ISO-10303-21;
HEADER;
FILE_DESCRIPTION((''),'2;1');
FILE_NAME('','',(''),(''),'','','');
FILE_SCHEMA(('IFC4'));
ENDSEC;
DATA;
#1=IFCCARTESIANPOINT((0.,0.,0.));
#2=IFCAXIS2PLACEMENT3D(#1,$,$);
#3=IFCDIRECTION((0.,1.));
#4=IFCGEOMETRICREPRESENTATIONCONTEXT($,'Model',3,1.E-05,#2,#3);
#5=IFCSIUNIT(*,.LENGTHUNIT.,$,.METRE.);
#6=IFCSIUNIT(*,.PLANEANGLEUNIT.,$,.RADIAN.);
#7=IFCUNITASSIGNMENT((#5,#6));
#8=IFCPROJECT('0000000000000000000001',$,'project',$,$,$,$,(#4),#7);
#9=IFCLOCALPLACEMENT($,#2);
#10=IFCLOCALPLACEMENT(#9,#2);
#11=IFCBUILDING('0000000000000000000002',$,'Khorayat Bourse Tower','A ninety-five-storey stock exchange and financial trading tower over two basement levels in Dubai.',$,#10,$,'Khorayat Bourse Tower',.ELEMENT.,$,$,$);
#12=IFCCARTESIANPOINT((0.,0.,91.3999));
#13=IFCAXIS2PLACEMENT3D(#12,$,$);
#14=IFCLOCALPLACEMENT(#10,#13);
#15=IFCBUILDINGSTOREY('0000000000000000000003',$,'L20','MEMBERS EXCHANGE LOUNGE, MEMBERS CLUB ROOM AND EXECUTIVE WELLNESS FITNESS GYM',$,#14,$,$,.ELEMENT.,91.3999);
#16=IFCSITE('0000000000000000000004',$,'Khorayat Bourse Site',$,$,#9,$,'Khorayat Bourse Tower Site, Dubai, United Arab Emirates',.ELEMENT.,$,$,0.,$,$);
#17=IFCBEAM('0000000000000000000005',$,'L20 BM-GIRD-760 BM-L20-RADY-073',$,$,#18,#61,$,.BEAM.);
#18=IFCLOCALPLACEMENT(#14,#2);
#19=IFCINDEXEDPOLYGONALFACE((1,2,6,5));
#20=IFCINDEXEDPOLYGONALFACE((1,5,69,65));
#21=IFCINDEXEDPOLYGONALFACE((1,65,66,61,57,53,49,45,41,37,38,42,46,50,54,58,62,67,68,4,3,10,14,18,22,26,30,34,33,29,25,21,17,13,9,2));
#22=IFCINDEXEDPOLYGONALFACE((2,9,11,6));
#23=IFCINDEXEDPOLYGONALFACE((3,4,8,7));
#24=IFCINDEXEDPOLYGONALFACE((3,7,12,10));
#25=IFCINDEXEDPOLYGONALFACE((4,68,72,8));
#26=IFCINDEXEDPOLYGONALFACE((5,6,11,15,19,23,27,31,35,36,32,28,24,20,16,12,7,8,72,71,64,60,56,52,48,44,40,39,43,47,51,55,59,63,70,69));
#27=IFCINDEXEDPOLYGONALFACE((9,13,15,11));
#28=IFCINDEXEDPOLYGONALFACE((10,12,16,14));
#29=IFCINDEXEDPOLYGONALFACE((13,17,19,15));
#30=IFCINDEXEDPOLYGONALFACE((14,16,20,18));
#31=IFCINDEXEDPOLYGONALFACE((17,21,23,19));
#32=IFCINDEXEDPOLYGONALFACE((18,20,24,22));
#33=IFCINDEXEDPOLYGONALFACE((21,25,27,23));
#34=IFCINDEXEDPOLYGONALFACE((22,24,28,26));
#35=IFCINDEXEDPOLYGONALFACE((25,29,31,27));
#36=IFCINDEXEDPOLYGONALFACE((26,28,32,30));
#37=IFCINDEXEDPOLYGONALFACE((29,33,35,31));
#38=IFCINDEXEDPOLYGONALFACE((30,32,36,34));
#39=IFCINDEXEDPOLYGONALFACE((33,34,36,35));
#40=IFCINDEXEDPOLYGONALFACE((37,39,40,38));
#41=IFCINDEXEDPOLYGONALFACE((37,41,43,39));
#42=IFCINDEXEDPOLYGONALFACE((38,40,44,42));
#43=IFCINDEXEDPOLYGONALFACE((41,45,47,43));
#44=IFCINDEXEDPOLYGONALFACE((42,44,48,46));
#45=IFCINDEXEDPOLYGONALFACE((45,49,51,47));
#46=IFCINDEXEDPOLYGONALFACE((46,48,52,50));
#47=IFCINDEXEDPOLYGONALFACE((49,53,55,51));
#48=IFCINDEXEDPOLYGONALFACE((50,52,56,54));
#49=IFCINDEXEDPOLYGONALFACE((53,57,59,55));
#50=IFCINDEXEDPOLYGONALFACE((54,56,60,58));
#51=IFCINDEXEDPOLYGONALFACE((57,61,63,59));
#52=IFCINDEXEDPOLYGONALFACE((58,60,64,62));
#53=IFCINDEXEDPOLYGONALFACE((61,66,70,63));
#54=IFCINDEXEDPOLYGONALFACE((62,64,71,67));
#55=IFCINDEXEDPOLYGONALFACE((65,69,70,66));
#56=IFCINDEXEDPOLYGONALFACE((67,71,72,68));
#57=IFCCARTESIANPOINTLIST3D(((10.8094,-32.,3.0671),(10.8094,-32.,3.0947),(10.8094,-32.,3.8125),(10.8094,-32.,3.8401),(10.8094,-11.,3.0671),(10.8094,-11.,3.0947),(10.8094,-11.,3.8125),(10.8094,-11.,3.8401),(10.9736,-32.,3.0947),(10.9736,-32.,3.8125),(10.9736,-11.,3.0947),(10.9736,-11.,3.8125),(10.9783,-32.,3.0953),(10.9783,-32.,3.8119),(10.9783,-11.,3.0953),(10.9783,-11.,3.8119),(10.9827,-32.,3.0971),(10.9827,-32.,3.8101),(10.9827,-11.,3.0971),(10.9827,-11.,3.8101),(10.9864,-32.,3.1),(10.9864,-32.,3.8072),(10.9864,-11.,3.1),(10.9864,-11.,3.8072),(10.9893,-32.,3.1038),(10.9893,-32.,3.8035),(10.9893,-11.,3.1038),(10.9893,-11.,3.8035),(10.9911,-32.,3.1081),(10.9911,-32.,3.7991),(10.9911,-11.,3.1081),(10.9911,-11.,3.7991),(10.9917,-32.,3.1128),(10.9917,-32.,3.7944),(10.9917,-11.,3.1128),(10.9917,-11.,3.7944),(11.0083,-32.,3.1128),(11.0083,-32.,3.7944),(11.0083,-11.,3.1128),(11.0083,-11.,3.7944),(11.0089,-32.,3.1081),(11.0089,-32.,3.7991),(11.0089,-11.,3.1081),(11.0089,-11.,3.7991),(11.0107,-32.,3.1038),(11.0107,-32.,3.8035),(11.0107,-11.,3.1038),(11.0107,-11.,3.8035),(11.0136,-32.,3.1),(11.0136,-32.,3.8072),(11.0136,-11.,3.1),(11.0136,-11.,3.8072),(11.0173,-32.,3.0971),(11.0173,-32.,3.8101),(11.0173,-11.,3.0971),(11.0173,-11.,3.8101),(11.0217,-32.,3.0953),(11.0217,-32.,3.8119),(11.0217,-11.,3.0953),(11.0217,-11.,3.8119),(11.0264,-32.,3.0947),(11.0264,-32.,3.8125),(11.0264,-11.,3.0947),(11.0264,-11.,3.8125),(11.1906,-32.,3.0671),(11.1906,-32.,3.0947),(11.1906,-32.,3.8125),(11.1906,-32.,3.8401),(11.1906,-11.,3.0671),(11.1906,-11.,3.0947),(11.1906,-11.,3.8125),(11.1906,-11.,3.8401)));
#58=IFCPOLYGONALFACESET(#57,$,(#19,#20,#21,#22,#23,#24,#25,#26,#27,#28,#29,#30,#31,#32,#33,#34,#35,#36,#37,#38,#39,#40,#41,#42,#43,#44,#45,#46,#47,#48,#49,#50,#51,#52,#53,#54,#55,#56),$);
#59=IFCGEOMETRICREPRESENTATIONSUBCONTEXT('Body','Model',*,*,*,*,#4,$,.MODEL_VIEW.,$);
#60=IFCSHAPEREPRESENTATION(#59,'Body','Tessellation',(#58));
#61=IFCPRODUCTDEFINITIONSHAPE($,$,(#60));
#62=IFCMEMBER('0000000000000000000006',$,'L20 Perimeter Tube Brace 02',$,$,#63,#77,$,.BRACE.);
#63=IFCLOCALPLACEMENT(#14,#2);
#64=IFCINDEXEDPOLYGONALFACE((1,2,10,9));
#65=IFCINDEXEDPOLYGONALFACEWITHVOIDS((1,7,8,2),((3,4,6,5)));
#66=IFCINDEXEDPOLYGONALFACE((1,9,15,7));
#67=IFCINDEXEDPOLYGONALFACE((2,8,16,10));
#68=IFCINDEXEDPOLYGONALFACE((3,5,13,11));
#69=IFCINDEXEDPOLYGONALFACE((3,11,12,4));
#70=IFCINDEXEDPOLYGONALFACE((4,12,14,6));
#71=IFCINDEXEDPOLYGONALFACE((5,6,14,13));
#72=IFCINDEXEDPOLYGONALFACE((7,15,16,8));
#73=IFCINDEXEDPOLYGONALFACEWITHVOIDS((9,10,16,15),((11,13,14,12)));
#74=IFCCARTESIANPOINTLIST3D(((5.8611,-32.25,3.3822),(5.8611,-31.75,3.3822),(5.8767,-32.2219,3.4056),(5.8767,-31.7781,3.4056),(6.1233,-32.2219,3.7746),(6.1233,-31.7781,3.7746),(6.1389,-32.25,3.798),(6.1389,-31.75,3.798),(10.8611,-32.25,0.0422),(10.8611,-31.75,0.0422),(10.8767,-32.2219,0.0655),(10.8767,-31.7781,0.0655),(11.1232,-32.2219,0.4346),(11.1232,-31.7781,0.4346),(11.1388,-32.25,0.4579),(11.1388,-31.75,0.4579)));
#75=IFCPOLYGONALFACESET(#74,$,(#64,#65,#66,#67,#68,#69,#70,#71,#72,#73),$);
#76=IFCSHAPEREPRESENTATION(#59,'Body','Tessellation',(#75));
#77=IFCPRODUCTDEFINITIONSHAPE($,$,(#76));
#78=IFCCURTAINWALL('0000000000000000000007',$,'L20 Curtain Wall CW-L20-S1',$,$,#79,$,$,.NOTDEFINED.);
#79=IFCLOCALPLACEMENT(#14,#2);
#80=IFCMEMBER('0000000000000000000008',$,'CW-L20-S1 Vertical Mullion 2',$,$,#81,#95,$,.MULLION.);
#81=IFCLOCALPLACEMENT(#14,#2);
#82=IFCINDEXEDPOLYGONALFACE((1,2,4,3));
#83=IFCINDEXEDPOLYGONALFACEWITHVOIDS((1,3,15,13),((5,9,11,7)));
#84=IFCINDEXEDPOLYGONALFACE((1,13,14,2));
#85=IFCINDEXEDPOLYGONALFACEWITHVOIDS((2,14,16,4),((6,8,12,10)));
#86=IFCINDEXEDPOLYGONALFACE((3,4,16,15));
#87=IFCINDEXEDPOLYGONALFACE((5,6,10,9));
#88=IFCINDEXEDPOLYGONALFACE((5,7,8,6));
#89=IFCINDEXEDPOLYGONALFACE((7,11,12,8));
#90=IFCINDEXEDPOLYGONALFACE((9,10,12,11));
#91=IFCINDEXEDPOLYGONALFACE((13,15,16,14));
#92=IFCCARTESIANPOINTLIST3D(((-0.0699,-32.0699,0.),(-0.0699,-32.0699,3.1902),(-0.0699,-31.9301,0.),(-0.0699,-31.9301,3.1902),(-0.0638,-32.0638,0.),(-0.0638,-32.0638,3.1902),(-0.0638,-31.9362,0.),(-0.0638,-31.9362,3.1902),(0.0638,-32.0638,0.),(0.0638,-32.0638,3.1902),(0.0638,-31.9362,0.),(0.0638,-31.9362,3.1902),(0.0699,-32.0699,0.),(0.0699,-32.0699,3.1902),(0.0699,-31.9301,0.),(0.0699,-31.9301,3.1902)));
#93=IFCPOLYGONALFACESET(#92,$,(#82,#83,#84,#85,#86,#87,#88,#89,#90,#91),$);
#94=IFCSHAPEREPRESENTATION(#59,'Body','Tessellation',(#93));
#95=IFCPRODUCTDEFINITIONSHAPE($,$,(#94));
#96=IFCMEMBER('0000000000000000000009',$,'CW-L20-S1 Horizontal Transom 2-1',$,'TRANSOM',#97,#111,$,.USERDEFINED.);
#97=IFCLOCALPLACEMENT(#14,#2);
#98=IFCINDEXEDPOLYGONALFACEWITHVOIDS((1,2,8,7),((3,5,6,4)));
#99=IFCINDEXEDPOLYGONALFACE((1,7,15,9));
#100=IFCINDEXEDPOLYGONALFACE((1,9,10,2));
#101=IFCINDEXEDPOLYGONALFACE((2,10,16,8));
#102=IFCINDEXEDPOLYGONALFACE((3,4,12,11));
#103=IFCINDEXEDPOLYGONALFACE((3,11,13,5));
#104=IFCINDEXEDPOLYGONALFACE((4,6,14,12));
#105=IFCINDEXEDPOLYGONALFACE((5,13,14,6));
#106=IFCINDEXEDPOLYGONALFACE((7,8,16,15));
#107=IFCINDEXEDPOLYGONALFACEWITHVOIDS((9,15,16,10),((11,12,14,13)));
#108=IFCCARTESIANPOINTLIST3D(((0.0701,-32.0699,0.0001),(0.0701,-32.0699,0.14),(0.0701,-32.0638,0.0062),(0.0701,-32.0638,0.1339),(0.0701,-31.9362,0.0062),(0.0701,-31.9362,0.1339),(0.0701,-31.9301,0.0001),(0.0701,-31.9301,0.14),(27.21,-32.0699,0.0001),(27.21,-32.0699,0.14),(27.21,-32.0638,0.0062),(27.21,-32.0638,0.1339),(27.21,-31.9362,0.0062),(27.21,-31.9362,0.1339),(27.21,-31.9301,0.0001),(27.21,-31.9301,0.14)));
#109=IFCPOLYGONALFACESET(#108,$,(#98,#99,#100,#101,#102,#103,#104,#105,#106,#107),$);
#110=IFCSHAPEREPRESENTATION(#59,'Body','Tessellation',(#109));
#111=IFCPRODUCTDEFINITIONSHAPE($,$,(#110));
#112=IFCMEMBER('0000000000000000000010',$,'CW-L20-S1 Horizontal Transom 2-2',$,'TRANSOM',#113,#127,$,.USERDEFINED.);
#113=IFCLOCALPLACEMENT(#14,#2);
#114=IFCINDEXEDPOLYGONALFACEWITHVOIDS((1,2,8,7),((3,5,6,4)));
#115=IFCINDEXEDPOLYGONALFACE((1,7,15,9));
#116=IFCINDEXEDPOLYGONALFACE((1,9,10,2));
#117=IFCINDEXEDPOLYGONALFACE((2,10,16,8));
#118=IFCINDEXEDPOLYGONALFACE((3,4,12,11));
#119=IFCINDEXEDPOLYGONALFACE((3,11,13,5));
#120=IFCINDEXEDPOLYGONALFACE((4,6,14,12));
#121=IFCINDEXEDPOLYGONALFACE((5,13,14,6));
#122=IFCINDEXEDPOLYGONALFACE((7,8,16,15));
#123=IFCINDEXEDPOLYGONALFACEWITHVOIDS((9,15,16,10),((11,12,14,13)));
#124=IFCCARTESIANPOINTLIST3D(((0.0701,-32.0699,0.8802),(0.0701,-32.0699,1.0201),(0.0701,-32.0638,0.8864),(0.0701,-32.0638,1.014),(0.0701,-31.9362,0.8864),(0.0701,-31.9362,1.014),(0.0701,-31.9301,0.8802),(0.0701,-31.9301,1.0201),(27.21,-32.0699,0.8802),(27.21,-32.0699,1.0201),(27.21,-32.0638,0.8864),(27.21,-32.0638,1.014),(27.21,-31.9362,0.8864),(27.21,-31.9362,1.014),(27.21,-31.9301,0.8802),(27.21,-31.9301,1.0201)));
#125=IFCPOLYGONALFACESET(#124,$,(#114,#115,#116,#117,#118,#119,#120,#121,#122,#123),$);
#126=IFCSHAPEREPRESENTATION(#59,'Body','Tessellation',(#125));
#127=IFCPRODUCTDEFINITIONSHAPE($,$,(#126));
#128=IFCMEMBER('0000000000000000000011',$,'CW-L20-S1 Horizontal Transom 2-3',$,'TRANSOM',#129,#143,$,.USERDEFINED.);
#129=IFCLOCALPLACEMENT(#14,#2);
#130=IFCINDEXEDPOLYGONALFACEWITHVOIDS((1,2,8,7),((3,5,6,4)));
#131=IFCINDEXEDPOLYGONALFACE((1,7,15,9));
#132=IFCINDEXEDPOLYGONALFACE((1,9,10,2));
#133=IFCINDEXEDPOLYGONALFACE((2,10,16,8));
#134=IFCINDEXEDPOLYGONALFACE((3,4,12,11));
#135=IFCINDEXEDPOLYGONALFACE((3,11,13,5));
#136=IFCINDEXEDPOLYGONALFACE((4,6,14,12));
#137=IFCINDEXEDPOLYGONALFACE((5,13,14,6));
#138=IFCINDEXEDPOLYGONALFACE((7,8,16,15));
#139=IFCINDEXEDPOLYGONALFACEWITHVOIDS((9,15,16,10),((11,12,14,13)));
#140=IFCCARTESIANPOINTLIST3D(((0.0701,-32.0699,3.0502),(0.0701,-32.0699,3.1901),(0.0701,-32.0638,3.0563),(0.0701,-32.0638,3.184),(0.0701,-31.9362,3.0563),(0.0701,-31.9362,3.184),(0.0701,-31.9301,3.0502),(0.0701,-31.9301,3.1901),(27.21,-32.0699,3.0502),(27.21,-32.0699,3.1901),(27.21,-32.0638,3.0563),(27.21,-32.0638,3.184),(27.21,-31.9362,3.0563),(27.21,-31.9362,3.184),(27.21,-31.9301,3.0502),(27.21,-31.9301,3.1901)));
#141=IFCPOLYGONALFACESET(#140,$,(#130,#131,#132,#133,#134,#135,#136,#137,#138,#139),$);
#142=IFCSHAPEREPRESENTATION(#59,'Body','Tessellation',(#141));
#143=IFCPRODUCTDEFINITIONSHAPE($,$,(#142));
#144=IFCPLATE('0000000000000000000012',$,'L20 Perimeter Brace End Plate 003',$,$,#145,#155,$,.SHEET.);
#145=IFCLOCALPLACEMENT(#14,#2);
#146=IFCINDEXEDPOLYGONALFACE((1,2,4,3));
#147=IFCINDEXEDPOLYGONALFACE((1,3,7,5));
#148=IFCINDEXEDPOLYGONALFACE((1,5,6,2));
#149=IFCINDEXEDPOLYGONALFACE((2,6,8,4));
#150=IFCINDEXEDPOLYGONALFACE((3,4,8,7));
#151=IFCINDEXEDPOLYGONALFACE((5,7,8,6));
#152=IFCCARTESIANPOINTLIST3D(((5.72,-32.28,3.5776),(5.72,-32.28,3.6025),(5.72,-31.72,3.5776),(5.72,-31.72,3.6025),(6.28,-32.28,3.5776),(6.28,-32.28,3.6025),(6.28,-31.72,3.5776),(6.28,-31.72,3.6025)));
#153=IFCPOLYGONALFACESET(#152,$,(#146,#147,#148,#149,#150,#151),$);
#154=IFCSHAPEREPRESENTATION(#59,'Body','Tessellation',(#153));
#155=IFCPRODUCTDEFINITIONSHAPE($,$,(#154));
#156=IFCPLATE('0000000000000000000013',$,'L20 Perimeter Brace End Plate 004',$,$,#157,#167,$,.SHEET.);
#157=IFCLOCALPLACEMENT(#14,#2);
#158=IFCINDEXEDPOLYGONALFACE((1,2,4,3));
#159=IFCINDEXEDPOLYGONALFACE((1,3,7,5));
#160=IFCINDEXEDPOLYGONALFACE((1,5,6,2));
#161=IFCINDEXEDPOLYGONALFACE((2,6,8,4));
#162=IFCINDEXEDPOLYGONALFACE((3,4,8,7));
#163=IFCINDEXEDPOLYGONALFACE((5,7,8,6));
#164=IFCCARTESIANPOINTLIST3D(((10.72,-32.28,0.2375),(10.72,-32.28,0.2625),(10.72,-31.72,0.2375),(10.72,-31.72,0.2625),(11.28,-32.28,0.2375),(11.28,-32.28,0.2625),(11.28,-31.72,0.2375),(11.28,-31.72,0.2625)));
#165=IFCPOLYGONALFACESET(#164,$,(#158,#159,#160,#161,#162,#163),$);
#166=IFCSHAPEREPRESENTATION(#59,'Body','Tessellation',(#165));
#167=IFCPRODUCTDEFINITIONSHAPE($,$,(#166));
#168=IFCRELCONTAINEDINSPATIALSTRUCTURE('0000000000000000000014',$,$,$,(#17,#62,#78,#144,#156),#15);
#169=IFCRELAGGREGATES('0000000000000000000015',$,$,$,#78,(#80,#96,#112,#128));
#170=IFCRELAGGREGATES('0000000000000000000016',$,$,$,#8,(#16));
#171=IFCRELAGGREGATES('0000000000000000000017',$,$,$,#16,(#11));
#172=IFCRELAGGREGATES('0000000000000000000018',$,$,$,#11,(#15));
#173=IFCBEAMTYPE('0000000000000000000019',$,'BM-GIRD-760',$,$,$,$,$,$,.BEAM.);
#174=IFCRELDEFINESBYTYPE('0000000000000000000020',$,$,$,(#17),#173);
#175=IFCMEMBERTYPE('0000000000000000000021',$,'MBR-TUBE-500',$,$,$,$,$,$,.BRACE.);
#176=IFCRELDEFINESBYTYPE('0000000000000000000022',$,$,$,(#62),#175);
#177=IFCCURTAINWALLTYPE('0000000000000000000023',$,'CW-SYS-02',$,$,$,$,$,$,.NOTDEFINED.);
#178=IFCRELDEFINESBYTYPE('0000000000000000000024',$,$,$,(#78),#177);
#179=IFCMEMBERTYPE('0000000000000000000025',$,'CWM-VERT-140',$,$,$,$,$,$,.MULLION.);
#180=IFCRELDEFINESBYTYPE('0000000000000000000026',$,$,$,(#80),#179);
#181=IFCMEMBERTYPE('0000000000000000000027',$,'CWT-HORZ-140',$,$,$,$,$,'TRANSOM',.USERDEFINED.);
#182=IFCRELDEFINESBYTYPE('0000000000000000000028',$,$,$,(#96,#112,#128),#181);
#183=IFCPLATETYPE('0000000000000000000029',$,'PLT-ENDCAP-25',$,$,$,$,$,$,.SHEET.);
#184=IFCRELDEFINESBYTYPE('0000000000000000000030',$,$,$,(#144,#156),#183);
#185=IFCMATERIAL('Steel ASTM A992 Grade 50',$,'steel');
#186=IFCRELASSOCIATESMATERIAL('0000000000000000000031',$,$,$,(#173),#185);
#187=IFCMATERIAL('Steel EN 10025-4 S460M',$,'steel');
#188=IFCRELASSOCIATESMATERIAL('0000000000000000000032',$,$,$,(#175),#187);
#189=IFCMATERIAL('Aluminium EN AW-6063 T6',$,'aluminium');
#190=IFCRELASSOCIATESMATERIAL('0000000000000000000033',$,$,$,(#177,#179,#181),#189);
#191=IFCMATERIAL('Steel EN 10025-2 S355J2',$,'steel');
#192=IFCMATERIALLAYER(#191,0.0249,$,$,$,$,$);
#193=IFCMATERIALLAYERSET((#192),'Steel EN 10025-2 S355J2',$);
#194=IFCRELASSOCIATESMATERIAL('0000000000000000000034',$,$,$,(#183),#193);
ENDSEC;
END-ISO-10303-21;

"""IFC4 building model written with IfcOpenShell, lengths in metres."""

from ifc_helpers import new_model, si_unit, direction, frame, origin, origin_2d, place, context, subcontext, project, spatial, rectangle, hollow_rectangle, i_section, extrude, source, transform, mapped, material, layer, layer_set, material_profile, profile_set, type_object, element, aggregate, save


model = new_model("IFC4")

# Units and contexts
model_context = context("Model", 3, precision=1e-05, world=origin(), true_north=direction((0.0, 1.0)))
body_context = subcontext(model_context, "Body", "Model", "MODEL_VIEW")
ifc_project = project(units=[si_unit("LENGTHUNIT", "METRE"), si_unit("PLANEANGLEUNIT", "RADIAN")], contexts=[model_context])

# Site, building, storey
site_placement = place(None, origin())
site = spatial("IfcSite", under=ifc_project, at=site_placement, Name="Khorayat Bourse Site", LongName="Khorayat Bourse Tower Site, Dubai, United Arab Emirates", CompositionType="ELEMENT", RefElevation=0.0)
building_placement = place(site_placement, origin())
building = spatial("IfcBuilding", under=site, at=building_placement, Name="Khorayat Bourse Tower", Description="A ninety-five-storey stock exchange and financial trading tower over two basement levels in Dubai.", LongName="Khorayat Bourse Tower", CompositionType="ELEMENT")
storey_placement = place(building_placement, frame((0.0, 0.0, 91.3999)))
storey = spatial("IfcBuildingStorey", under=building, at=storey_placement, Name="L20", Description="MEMBERS EXCHANGE LOUNGE, MEMBERS CLUB ROOM AND EXECUTIVE WELLNESS FITNESS GYM", CompositionType="ELEMENT", Elevation=91.3999)

# Shared definitions
ifc_material_1 = material(Name="Steel EN 10025-4 S460M", Category="steel")

# Beam
ifc_material_2 = material(Name="Steel ASTM A992 Grade 50", Category="steel")
ifc_material_profile_1 = material_profile(ifc_material_2, i_section(OverallWidth=0.3811, OverallDepth=0.7729, WebThickness=0.0166, FlangeThickness=0.0276, FilletRadius=0.0181, at=origin_2d()), Name="W760X257")
ifc_profile_set_1 = profile_set([ifc_material_profile_1], Name="Steel ASTM A992 Grade 50")
beam_type_1 = type_object("IfcBeamType", Name="BM-GIRD-760", PredefinedType="BEAM", material=ifc_profile_set_1)
shared_shape_1 = source(origin(), body_context, "Body", "SweptSolid", [
    extrude(i_section(OverallWidth=0.3811, OverallDepth=0.7729, WebThickness=0.0166, FlangeThickness=0.0276, FilletRadius=0.0181, at=origin_2d()), origin(), (0.0, 0.0, 1.0), 21.0),
])
for number, where, z_axis, x_axis, name in (
    (1, (11.0, -32.0, 3.4536), (0.0, 1.0, 0.0), (-1.0, 0.0, 0.0), "L20 BM-GIRD-760 BM-L20-RADY-073"),
):
    element("IfcBeam", number, at=place(storey_placement, frame(where, z_axis=z_axis, x_axis=x_axis)), inside=storey, type_object=beam_type_1, Name=name, PredefinedType="BEAM", context=body_context, shape_type="MappedRepresentation", body=[
        mapped(shared_shape_1, transform((0.0, 0.0, 0.0), scale=1.0)),
    ])

# Member
ifc_material_profile_2 = material_profile(ifc_material_1, hollow_rectangle(XDim=0.5, YDim=0.5, WallThickness=0.0281, at=origin_2d()), Name="HSS 500x500x28")
ifc_profile_set_2 = profile_set([ifc_material_profile_2], Name="Steel EN 10025-4 S460M")
member_type_1 = type_object("IfcMemberType", Name="MBR-TUBE-500", PredefinedType="BRACE", material=ifc_profile_set_2)
shared_shape_2 = source(origin(), body_context, "Body", "SweptSolid", [
    extrude(hollow_rectangle(XDim=0.5, YDim=0.5, WallThickness=0.0281, at=origin_2d()), origin(), (0.0, 0.0, 1.0), 6.0129),
])
member_1_placement = place(storey_placement, frame((6.0, -32.0, 3.5901), z_axis=(0.831531, 0.0, -0.555478), x_axis=(0.0, 1.0, 0.0)))
element("IfcMember", 2, at=member_1_placement, inside=storey, type_object=member_type_1, Name="L20 Perimeter Tube Brace 02", PredefinedType="BRACE", context=body_context, shape_type="MappedRepresentation", body=[
    mapped(shared_shape_2, transform((0.0, 0.0, 0.0), scale=1.0)),
])

# Curtain wall, members
ifc_material_3 = material(Name="Aluminium EN AW-6063 T6", Category="aluminium")
curtain_wall_type = type_object("IfcCurtainWallType", Name="CW-SYS-02", PredefinedType="NOTDEFINED", material=ifc_material_3)
curtain_wall_placement = place(storey_placement, origin())
curtain_wall = element("IfcCurtainWall", 3, at=curtain_wall_placement, inside=storey, type_object=curtain_wall_type, Name="L20 Curtain Wall CW-L20-S1", PredefinedType="NOTDEFINED")
ifc_material_profile_3 = material_profile(ifc_material_3, hollow_rectangle(XDim=0.1399, YDim=0.1399, WallThickness=0.0061, at=origin_2d()), Name="ALU 140x140x6")
ifc_profile_set_3 = profile_set([ifc_material_profile_3], Name="Aluminium EN AW-6063 T6")
member_type_2 = type_object("IfcMemberType", Name="CWM-VERT-140", PredefinedType="MULLION", material=ifc_profile_set_3)
shared_shape_3 = source(origin(), body_context, "Body", "SweptSolid", [
    extrude(hollow_rectangle(XDim=0.1399, YDim=0.1399, WallThickness=0.0061, at=origin_2d()), origin(), (0.0, 0.0, 1.0), 3.1902),
])
member_2_placement = place(storey_placement, frame((0.0, -32.0, 0.0), z_axis=(0.0, 0.0, 1.0), x_axis=(0.0, 1.0, 0.0)))
member_2 = element("IfcMember", 4, at=member_2_placement, type_object=member_type_2, Name="CW-L20-S1 Vertical Mullion 2", PredefinedType="MULLION", context=body_context, shape_type="MappedRepresentation", body=[
    mapped(shared_shape_3, transform((0.0, 0.0, 0.0), scale=1.0)),
])
ifc_material_profile_4 = material_profile(ifc_material_3, hollow_rectangle(XDim=0.1399, YDim=0.1399, WallThickness=0.0061, at=origin_2d()), Name="ALU 140x140x6")
ifc_profile_set_4 = profile_set([ifc_material_profile_4], Name="Aluminium EN AW-6063 T6")
member_type_3 = type_object("IfcMemberType", Name="CWT-HORZ-140", ElementType="TRANSOM", PredefinedType="USERDEFINED", material=ifc_profile_set_4)
shared_shape_4 = source(origin(), body_context, "Body", "SweptSolid", [
    extrude(hollow_rectangle(XDim=0.1399, YDim=0.1399, WallThickness=0.0061, at=origin_2d()), origin(), (0.0, 0.0, 1.0), 27.1399),
])
member_3_placement = place(storey_placement, frame((0.0701, -32.0, 0.0701), z_axis=(1.0, 0.0, 0.0), x_axis=(0.0, 1.0, 0.0)))
member_3 = element("IfcMember", 5, at=member_3_placement, type_object=member_type_3, Name="CW-L20-S1 Horizontal Transom 2-1", ObjectType="TRANSOM", PredefinedType="USERDEFINED", context=body_context, shape_type="MappedRepresentation", body=[
    mapped(shared_shape_4, transform((0.0, 0.0, 0.0), scale=1.0)),
])
member_4_placement = place(storey_placement, frame((0.0701, -32.0, 0.9502), z_axis=(1.0, 0.0, 0.0), x_axis=(0.0, 1.0, 0.0)))
member_4 = element("IfcMember", 6, at=member_4_placement, type_object=member_type_3, Name="CW-L20-S1 Horizontal Transom 2-2", ObjectType="TRANSOM", PredefinedType="USERDEFINED", context=body_context, shape_type="MappedRepresentation", body=[
    mapped(shared_shape_4, transform((0.0, 0.0, 0.0), scale=1.0)),
])
member_5_placement = place(storey_placement, frame((0.0701, -32.0, 3.1201), z_axis=(1.0, 0.0, 0.0), x_axis=(0.0, 1.0, 0.0)))
member_5 = element("IfcMember", 7, at=member_5_placement, type_object=member_type_3, Name="CW-L20-S1 Horizontal Transom 2-3", ObjectType="TRANSOM", PredefinedType="USERDEFINED", context=body_context, shape_type="MappedRepresentation", body=[
    mapped(shared_shape_4, transform((0.0, 0.0, 0.0), scale=1.0)),
])
aggregate(curtain_wall, [member_2, member_3, member_4, member_5])

# Plates
ifc_material_4 = material(Name="Steel EN 10025-2 S355J2", Category="steel")
ifc_layer_1 = layer(ifc_material_4, 0.0249)
ifc_layer_set_1 = layer_set([ifc_layer_1], Name="Steel EN 10025-2 S355J2")
plate_type = type_object("IfcPlateType", Name="PLT-ENDCAP-25", PredefinedType="SHEET", material=ifc_layer_set_1)
shared_shape_5 = source(origin(), body_context, "Body", "SweptSolid", [
    extrude(rectangle(XDim=0.5601, YDim=0.5601, at=origin_2d()), origin(), (0.0, 0.0, 1.0), 0.0249),
])
for number, where, z_axis, x_axis, name in (
    (8, (6.0, -32.0, 3.5776), (0.0, 0.0, 1.0), (1.0, 0.0, 0.0), "L20 Perimeter Brace End Plate 003"),
    (9, (11.0, -32.0, 0.2375), (0.0, 0.0, 1.0), (1.0, 0.0, 0.0), "L20 Perimeter Brace End Plate 004"),
):
    element("IfcPlate", number, at=place(storey_placement, frame(where, z_axis=z_axis, x_axis=x_axis)), inside=storey, type_object=plate_type, Name=name, PredefinedType="SHEET", context=body_context, shape_type="MappedRepresentation", body=[
        mapped(shared_shape_5, transform((0.0, 0.0, 0.0), scale=1.0)),
    ])

save(model, "model.ifc")
